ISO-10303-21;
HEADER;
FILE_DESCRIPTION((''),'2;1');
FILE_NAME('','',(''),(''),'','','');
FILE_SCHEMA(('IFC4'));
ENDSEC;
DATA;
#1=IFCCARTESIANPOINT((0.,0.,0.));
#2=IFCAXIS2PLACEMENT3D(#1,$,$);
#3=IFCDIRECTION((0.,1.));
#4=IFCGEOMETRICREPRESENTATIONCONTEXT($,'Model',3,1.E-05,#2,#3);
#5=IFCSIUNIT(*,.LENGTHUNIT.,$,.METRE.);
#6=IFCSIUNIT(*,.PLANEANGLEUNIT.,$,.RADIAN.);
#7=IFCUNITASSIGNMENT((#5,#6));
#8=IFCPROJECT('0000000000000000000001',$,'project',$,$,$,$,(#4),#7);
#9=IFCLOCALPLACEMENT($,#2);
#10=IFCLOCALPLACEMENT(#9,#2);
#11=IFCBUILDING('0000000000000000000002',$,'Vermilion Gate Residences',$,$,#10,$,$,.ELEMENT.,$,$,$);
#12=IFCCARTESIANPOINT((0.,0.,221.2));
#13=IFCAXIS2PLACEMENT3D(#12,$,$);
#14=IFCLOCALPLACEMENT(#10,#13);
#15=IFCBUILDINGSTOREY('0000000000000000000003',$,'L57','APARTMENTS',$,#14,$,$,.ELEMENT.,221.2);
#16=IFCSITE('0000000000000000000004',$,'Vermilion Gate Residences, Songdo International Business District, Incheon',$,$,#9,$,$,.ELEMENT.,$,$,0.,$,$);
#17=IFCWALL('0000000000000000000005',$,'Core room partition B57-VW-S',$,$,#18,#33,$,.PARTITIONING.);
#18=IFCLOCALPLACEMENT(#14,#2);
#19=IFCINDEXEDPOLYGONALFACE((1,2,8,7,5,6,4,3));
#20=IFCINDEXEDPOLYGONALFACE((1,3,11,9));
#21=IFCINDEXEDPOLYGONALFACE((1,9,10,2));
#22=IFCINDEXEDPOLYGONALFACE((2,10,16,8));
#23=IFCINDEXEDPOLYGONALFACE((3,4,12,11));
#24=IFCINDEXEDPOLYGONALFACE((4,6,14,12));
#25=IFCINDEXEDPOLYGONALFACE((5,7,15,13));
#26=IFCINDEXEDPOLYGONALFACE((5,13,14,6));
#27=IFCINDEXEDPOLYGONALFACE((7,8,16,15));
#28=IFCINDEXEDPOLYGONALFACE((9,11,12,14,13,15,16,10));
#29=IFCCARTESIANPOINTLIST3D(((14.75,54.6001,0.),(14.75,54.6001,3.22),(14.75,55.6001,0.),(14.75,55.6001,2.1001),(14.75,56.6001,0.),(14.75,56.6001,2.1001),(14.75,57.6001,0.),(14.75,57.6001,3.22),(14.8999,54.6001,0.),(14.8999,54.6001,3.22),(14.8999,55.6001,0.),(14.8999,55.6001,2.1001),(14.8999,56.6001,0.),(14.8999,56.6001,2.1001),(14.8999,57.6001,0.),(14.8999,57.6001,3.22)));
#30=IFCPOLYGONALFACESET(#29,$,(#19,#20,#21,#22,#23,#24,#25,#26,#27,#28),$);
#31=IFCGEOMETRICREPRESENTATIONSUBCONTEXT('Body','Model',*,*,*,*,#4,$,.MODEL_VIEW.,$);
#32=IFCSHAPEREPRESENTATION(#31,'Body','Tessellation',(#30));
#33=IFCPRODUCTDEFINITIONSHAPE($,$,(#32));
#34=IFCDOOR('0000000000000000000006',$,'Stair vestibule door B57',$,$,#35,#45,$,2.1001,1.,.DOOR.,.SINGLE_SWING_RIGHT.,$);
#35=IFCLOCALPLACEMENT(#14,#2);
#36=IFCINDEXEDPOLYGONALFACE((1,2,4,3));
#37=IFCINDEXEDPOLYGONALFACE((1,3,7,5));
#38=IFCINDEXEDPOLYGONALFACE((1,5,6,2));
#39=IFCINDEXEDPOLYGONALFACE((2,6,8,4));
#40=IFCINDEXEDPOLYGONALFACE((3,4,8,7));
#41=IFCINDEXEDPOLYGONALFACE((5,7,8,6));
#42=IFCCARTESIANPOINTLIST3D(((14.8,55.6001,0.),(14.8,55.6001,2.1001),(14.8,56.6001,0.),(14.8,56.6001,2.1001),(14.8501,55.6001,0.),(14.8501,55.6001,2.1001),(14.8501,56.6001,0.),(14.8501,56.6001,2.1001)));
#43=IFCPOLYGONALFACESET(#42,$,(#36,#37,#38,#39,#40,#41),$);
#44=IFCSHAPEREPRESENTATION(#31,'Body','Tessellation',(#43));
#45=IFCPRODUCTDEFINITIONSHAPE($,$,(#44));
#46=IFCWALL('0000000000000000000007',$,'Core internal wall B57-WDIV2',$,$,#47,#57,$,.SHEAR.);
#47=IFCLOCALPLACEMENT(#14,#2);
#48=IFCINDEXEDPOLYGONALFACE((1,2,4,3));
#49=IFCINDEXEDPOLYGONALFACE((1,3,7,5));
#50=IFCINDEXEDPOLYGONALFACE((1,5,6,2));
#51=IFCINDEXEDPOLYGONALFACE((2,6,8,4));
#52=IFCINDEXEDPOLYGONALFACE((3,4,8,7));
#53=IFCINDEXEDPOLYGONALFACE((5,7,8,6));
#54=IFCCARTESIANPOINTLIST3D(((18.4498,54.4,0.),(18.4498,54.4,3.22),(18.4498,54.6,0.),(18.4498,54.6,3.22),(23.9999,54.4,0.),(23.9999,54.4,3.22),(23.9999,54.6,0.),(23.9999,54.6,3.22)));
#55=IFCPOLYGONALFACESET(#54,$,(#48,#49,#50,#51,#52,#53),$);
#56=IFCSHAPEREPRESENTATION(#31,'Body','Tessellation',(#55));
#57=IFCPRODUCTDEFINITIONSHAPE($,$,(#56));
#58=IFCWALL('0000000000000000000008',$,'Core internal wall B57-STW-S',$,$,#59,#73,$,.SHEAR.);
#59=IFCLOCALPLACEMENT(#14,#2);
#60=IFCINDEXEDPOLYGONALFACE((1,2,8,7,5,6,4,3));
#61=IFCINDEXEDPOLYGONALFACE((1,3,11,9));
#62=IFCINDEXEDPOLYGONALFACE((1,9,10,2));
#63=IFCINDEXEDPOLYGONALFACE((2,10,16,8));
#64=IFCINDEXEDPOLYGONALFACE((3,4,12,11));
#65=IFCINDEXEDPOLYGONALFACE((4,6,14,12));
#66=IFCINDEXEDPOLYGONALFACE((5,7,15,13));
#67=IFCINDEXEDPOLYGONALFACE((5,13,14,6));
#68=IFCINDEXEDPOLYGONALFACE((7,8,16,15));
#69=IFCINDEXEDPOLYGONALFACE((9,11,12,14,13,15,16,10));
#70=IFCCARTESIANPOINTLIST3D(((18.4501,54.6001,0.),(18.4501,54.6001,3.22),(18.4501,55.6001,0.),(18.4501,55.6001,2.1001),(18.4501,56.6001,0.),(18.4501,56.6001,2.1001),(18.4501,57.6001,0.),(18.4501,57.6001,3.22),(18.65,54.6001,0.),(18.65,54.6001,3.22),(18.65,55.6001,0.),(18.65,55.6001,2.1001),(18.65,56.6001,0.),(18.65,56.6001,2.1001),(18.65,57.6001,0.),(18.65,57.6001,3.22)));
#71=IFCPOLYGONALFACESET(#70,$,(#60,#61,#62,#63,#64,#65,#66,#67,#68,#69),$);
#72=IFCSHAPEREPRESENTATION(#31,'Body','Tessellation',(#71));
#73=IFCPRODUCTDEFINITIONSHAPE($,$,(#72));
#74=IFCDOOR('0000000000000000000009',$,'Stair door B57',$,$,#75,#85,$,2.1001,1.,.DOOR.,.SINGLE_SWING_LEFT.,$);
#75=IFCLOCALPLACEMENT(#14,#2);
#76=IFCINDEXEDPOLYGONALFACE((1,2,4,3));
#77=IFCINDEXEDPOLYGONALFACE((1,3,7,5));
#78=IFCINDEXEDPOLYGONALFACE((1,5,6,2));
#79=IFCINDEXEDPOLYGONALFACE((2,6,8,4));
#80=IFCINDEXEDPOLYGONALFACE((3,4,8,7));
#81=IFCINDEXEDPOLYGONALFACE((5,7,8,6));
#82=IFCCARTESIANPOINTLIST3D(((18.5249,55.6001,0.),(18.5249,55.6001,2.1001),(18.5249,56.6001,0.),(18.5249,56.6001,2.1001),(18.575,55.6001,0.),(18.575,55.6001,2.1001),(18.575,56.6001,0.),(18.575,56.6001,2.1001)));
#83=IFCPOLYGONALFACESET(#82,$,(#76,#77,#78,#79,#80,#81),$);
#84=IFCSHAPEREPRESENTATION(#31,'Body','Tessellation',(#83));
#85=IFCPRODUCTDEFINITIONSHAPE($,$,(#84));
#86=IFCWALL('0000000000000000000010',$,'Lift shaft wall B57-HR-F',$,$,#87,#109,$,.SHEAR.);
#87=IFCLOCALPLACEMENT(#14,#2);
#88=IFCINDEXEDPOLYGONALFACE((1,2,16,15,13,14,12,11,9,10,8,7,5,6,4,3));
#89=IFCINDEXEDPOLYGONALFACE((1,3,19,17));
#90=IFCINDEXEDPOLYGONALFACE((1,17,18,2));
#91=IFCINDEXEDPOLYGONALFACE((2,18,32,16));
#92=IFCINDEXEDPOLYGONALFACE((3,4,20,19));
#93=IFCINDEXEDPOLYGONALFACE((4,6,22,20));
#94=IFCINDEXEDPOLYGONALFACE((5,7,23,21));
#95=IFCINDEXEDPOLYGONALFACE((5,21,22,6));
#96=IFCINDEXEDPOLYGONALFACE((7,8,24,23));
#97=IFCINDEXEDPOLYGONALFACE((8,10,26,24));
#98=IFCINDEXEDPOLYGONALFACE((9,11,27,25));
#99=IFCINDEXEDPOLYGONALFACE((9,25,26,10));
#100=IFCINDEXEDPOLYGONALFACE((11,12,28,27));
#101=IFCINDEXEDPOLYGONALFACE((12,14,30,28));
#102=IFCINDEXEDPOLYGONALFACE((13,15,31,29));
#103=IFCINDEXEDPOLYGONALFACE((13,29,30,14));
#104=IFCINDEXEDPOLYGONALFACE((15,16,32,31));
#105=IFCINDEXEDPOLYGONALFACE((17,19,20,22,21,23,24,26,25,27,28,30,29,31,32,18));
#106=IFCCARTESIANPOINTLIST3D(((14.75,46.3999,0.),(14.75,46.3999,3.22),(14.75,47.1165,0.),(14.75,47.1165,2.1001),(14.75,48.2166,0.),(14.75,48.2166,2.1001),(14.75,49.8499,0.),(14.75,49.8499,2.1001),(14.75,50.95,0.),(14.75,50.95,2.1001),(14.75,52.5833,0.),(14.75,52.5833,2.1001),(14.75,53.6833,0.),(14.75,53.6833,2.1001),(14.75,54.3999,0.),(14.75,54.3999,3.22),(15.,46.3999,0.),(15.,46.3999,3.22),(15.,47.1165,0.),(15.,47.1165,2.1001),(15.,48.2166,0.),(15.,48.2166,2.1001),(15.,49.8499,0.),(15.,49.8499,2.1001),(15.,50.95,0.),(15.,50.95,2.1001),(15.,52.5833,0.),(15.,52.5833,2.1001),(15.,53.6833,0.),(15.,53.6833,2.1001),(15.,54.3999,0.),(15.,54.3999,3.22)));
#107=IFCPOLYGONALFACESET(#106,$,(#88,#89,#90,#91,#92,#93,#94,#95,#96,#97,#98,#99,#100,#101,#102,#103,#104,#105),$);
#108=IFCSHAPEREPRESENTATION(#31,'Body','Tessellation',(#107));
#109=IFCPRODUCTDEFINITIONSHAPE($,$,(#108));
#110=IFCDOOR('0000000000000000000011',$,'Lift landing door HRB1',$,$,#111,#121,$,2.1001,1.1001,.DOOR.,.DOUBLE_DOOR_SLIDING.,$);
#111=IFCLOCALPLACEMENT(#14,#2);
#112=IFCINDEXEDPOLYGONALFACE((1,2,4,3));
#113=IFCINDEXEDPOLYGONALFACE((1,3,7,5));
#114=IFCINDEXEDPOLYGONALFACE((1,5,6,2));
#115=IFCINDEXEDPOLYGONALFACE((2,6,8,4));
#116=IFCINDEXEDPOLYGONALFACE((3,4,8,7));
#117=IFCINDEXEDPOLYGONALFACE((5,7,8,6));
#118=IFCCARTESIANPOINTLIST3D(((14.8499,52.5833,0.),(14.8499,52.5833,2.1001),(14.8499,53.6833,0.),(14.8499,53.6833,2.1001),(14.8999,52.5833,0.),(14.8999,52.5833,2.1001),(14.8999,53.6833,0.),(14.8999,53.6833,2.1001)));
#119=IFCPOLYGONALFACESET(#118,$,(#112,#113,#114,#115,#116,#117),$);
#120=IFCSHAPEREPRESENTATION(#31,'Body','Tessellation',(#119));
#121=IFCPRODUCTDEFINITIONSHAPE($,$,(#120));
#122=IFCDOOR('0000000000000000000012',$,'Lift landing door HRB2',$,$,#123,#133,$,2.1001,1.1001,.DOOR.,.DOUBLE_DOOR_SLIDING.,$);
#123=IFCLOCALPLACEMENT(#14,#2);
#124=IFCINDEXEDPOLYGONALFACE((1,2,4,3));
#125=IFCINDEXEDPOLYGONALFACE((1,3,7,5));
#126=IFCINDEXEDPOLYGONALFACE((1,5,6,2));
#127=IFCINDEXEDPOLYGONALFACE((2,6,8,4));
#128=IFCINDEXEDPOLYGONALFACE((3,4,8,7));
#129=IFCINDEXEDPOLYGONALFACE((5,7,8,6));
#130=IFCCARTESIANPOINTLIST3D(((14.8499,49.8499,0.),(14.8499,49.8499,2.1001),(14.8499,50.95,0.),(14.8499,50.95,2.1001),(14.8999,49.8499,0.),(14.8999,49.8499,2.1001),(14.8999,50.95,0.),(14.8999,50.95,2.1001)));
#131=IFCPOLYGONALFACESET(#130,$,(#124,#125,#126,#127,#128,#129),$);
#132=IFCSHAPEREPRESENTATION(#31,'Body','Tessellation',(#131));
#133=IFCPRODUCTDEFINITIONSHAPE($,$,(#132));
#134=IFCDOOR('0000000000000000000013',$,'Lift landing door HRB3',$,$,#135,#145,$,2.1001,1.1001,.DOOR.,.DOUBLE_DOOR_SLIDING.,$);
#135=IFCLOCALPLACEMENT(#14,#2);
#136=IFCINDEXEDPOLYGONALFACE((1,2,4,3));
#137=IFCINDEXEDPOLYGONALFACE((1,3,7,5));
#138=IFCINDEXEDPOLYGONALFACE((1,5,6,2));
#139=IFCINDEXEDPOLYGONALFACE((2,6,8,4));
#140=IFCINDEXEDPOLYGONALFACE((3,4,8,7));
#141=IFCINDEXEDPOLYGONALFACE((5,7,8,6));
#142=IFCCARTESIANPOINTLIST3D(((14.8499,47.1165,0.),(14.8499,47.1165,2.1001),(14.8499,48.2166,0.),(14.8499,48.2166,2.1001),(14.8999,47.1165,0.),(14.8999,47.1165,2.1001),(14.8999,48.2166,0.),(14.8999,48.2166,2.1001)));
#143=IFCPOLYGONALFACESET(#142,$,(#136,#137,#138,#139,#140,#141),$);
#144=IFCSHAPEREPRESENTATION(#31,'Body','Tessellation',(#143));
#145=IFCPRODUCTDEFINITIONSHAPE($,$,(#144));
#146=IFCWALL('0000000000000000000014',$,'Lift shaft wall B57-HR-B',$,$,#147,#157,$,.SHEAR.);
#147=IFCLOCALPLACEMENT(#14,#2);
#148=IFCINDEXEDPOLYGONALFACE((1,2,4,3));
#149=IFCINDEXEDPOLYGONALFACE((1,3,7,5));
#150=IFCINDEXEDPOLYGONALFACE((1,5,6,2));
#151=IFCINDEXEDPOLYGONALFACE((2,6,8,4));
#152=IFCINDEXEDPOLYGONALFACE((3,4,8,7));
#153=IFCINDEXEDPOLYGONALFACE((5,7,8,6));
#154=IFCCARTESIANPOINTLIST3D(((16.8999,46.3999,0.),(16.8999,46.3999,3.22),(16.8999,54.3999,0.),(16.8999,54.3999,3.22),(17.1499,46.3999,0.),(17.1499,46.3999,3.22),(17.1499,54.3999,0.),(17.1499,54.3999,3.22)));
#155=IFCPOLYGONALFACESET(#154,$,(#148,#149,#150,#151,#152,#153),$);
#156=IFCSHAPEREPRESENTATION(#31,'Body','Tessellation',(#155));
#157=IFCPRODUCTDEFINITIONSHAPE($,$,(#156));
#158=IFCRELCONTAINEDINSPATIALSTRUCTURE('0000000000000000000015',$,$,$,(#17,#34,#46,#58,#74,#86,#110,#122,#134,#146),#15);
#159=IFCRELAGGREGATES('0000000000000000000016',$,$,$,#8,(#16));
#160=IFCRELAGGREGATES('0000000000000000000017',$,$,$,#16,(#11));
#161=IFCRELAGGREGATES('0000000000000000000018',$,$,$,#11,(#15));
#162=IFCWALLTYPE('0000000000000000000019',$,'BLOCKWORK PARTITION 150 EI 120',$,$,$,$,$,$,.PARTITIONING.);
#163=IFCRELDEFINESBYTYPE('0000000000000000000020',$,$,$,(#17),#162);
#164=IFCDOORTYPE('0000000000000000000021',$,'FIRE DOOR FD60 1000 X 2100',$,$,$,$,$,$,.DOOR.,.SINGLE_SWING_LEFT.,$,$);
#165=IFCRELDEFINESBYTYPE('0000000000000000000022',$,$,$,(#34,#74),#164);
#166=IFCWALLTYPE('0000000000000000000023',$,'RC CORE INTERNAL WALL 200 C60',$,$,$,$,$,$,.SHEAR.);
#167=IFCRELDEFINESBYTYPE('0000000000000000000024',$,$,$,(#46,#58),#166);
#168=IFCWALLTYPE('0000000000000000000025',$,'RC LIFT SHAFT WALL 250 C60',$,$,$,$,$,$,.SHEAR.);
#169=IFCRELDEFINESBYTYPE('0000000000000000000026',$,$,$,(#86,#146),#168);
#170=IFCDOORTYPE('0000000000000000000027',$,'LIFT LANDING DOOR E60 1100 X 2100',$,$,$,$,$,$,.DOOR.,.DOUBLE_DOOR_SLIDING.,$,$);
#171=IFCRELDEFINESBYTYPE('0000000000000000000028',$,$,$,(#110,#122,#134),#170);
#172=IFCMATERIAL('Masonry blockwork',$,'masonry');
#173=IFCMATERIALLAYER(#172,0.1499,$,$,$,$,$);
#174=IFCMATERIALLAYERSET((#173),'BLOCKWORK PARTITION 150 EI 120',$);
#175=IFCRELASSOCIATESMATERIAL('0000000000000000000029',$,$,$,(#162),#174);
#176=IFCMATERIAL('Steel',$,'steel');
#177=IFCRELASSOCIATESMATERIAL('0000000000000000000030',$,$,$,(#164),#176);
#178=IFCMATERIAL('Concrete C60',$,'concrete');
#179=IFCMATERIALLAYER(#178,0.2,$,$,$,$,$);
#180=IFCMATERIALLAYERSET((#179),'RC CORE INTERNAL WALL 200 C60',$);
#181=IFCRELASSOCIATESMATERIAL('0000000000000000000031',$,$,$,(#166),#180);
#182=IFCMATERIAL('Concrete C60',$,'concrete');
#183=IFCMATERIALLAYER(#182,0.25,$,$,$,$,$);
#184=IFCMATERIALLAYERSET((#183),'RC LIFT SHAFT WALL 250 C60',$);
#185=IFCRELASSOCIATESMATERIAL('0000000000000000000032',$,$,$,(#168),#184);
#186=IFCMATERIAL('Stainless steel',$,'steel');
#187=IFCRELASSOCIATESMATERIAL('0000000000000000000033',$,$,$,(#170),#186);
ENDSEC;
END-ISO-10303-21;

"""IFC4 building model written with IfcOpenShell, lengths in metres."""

from ifc_helpers import new_model, si_unit, direction, frame, frame_2d, origin, place, context, subcontext, project, spatial, rectangle, extrude, material, layer, layer_set, type_object, element, fill, save


model = new_model("IFC4")

# Units and contexts
model_context = context("Model", 3, precision=1e-05, world=origin(), true_north=direction((0.0, 1.0)))
body_context = subcontext(model_context, "Body", "Model", "MODEL_VIEW")
ifc_project = project(units=[si_unit("LENGTHUNIT", "METRE"), si_unit("PLANEANGLEUNIT", "RADIAN")], contexts=[model_context])

# Site, building, storey
site_placement = place(None, origin())
site = spatial("IfcSite", under=ifc_project, at=site_placement, Name="Vermilion Gate Residences, Songdo International Business District, Incheon", CompositionType="ELEMENT", RefElevation=0.0)
building_placement = place(site_placement, origin())
building = spatial("IfcBuilding", under=site, at=building_placement, Name="Vermilion Gate Residences", CompositionType="ELEMENT")
storey_placement = place(building_placement, frame((0.0, 0.0, 221.2)))
storey = spatial("IfcBuildingStorey", under=building, at=storey_placement, Name="L57", Description="APARTMENTS", CompositionType="ELEMENT", Elevation=221.2)

# Wall, opening, door
ifc_material_1 = material(Name="Masonry blockwork", Category="masonry")
ifc_layer_1 = layer(ifc_material_1, 0.1499)
ifc_layer_set_1 = layer_set([ifc_layer_1], Name="BLOCKWORK PARTITION 150 EI 120")
wall_type_1 = type_object("IfcWallType", Name="BLOCKWORK PARTITION 150 EI 120", PredefinedType="PARTITIONING", material=ifc_layer_set_1)
wall_1_placement = place(storey_placement, frame((14.825, 57.6001, 0.0), z_axis=(0.0, 0.0, 1.0), x_axis=(0.0, -1.0, 0.0)))
wall_1 = element("IfcWall", 1, at=wall_1_placement, inside=storey, type_object=wall_type_1, Name="Core room partition B57-VW-S", PredefinedType="PARTITIONING", context=body_context, shape_type="SweptSolid", body=[
    extrude(rectangle(XDim=3.0, YDim=0.1499, at=frame_2d((1.5, 0.0))), origin(), (0.0, 0.0, 1.0), 3.22),
])
opening_1_placement = place(wall_1_placement, frame((1.0, 0.0, 0.0)))
opening_1 = element("IfcOpeningElement", 2, at=opening_1_placement, cuts=wall_1, PredefinedType="OPENING", context=body_context, shape_type="SweptSolid", body=[
    extrude(rectangle(XDim=1.0, YDim=2.1001, at=frame_2d((0.5, 1.05))), frame((0.0, 0.085, 0.0), z_axis=(0.0, -1.0, 0.0), x_axis=(1.0, 0.0, 0.0)), (0.0, 0.0, 1.0), 0.1699),
])
ifc_material_2 = material(Name="Steel", Category="steel")
door_type_1 = type_object("IfcDoorType", Name="FIRE DOOR FD60 1000 X 2100", OperationType="SINGLE_SWING_LEFT", PredefinedType="DOOR", material=ifc_material_2)
door_1_placement = place(opening_1_placement, frame((1.0, 0.0, 0.0), z_axis=(0.0, 0.0, 1.0), x_axis=(-1.0, 0.0, 0.0)))
door_1 = element("IfcDoor", 3, at=door_1_placement, inside=storey, type_object=door_type_1, Name="Stair vestibule door B57", OperationType="SINGLE_SWING_RIGHT", OverallHeight=2.1001, OverallWidth=1.0, PredefinedType="DOOR", context=body_context, shape_type="SweptSolid", body=[
    extrude(rectangle(XDim=1.0, YDim=2.1001, at=frame_2d((0.5, 1.05))), frame((0.0, 0.0249, 0.0), z_axis=(0.0, -1.0, 0.0), x_axis=(1.0, 0.0, 0.0)), (0.0, 0.0, 1.0), 0.05),
])
fill(opening_1, door_1)

# Wall
ifc_material_3 = material(Name="Concrete C60", Category="concrete")
ifc_layer_2 = layer(ifc_material_3, 0.2)
ifc_layer_set_2 = layer_set([ifc_layer_2], Name="RC CORE INTERNAL WALL 200 C60")
wall_type_2 = type_object("IfcWallType", Name="RC CORE INTERNAL WALL 200 C60", PredefinedType="SHEAR", material=ifc_layer_set_2)
wall_2_placement = place(storey_placement, frame((18.45, 54.5, 0.0), z_axis=(0.0, 0.0, 1.0), x_axis=(1.0, 0.0, 0.0)))
element("IfcWall", 4, at=wall_2_placement, inside=storey, type_object=wall_type_2, Name="Core internal wall B57-WDIV2", PredefinedType="SHEAR", context=body_context, shape_type="SweptSolid", body=[
    extrude(rectangle(XDim=5.55, YDim=0.2, at=frame_2d((2.7749, 0.0))), origin(), (0.0, 0.0, 1.0), 3.22),
])

# Wall, opening, door
wall_3_placement = place(storey_placement, frame((18.55, 57.6001, 0.0), z_axis=(0.0, 0.0, 1.0), x_axis=(0.0, -1.0, 0.0)))
wall_3 = element("IfcWall", 5, at=wall_3_placement, inside=storey, type_object=wall_type_2, Name="Core internal wall B57-STW-S", PredefinedType="SHEAR", context=body_context, shape_type="SweptSolid", body=[
    extrude(rectangle(XDim=3.0, YDim=0.2, at=frame_2d((1.5, 0.0))), origin(), (0.0, 0.0, 1.0), 3.22),
])
opening_2_placement = place(wall_3_placement, frame((1.0, 0.0, 0.0)))
opening_2 = element("IfcOpeningElement", 6, at=opening_2_placement, cuts=wall_3, PredefinedType="OPENING", context=body_context, shape_type="SweptSolid", body=[
    extrude(rectangle(XDim=1.0, YDim=2.1001, at=frame_2d((0.5, 1.05))), frame((0.0, 0.1099, 0.0), z_axis=(0.0, -1.0, 0.0), x_axis=(1.0, 0.0, 0.0)), (0.0, 0.0, 1.0), 0.22),
])
door_2_placement = place(opening_2_placement, origin())
door_2 = element("IfcDoor", 7, at=door_2_placement, inside=storey, type_object=door_type_1, Name="Stair door B57", OperationType="SINGLE_SWING_LEFT", OverallHeight=2.1001, OverallWidth=1.0, PredefinedType="DOOR", context=body_context, shape_type="SweptSolid", body=[
    extrude(rectangle(XDim=1.0, YDim=2.1001, at=frame_2d((0.5, 1.05))), frame((0.0, 0.0249, 0.0), z_axis=(0.0, -1.0, 0.0), x_axis=(1.0, 0.0, 0.0)), (0.0, 0.0, 1.0), 0.05),
])
fill(opening_2, door_2)

# Wall, openings, doors
ifc_material_4 = material(Name="Concrete C60", Category="concrete")
ifc_layer_3 = layer(ifc_material_4, 0.25)
ifc_layer_set_3 = layer_set([ifc_layer_3], Name="RC LIFT SHAFT WALL 250 C60")
wall_type_3 = type_object("IfcWallType", Name="RC LIFT SHAFT WALL 250 C60", PredefinedType="SHEAR", material=ifc_layer_set_3)
wall_4_placement = place(storey_placement, frame((14.875, 54.3999, 0.0), z_axis=(0.0, 0.0, 1.0), x_axis=(0.0, -1.0, 0.0)))
wall_4 = element("IfcWall", 8, at=wall_4_placement, inside=storey, type_object=wall_type_3, Name="Lift shaft wall B57-HR-F", PredefinedType="SHEAR", context=body_context, shape_type="SweptSolid", body=[
    extrude(rectangle(XDim=8.0, YDim=0.25, at=frame_2d((4.0, 0.0))), origin(), (0.0, 0.0, 1.0), 3.22),
])
opening_3_placement = place(wall_4_placement, frame((0.7166, 0.0, 0.0)))
opening_3 = element("IfcOpeningElement", 9, at=opening_3_placement, cuts=wall_4, PredefinedType="OPENING", context=body_context, shape_type="SweptSolid", body=[
    extrude(rectangle(XDim=1.1001, YDim=2.1001, at=frame_2d((0.55, 1.05))), frame((0.0, 0.135, 0.0), z_axis=(0.0, -1.0, 0.0), x_axis=(1.0, 0.0, 0.0)), (0.0, 0.0, 1.0), 0.27),
])
opening_4_placement = place(wall_4_placement, frame((3.45, 0.0, 0.0)))
opening_4 = element("IfcOpeningElement", 10, at=opening_4_placement, cuts=wall_4, PredefinedType="OPENING", context=body_context, shape_type="SweptSolid", body=[
    extrude(rectangle(XDim=1.1001, YDim=2.1001, at=frame_2d((0.55, 1.05))), frame((0.0, 0.135, 0.0), z_axis=(0.0, -1.0, 0.0), x_axis=(1.0, 0.0, 0.0)), (0.0, 0.0, 1.0), 0.27),
])
opening_5_placement = place(wall_4_placement, frame((6.1833, 0.0, 0.0)))
opening_5 = element("IfcOpeningElement", 11, at=opening_5_placement, cuts=wall_4, PredefinedType="OPENING", context=body_context, shape_type="SweptSolid", body=[
    extrude(rectangle(XDim=1.1001, YDim=2.1001, at=frame_2d((0.55, 1.05))), frame((0.0, 0.135, 0.0), z_axis=(0.0, -1.0, 0.0), x_axis=(1.0, 0.0, 0.0)), (0.0, 0.0, 1.0), 0.27),
])
ifc_material_5 = material(Name="Stainless steel", Category="steel")
door_type_2 = type_object("IfcDoorType", Name="LIFT LANDING DOOR E60 1100 X 2100", OperationType="DOUBLE_DOOR_SLIDING", PredefinedType="DOOR", material=ifc_material_5)
door_3_placement = place(opening_3_placement, origin())
door_3 = element("IfcDoor", 12, at=door_3_placement, inside=storey, type_object=door_type_2, Name="Lift landing door HRB1", OperationType="DOUBLE_DOOR_SLIDING", OverallHeight=2.1001, OverallWidth=1.1001, PredefinedType="DOOR", context=body_context, shape_type="SweptSolid", body=[
    extrude(rectangle(XDim=1.1001, YDim=2.1001, at=frame_2d((0.55, 1.05))), frame((0.0, 0.0249, 0.0), z_axis=(0.0, -1.0, 0.0), x_axis=(1.0, 0.0, 0.0)), (0.0, 0.0, 1.0), 0.05),
])
fill(opening_3, door_3)
door_4_placement = place(opening_4_placement, origin())
door_4 = element("IfcDoor", 13, at=door_4_placement, inside=storey, type_object=door_type_2, Name="Lift landing door HRB2", OperationType="DOUBLE_DOOR_SLIDING", OverallHeight=2.1001, OverallWidth=1.1001, PredefinedType="DOOR", context=body_context, shape_type="SweptSolid", body=[
    extrude(rectangle(XDim=1.1001, YDim=2.1001, at=frame_2d((0.55, 1.05))), frame((0.0, 0.0249, 0.0), z_axis=(0.0, -1.0, 0.0), x_axis=(1.0, 0.0, 0.0)), (0.0, 0.0, 1.0), 0.05),
])
fill(opening_4, door_4)
door_5_placement = place(opening_5_placement, origin())
door_5 = element("IfcDoor", 14, at=door_5_placement, inside=storey, type_object=door_type_2, Name="Lift landing door HRB3", OperationType="DOUBLE_DOOR_SLIDING", OverallHeight=2.1001, OverallWidth=1.1001, PredefinedType="DOOR", context=body_context, shape_type="SweptSolid", body=[
    extrude(rectangle(XDim=1.1001, YDim=2.1001, at=frame_2d((0.55, 1.05))), frame((0.0, 0.0249, 0.0), z_axis=(0.0, -1.0, 0.0), x_axis=(1.0, 0.0, 0.0)), (0.0, 0.0, 1.0), 0.05),
])
fill(opening_5, door_5)

# Wall
wall_5_placement = place(storey_placement, frame((17.0249, 54.3999, 0.0), z_axis=(0.0, 0.0, 1.0), x_axis=(0.0, -1.0, 0.0)))
element("IfcWall", 15, at=wall_5_placement, inside=storey, type_object=wall_type_3, Name="Lift shaft wall B57-HR-B", PredefinedType="SHEAR", context=body_context, shape_type="SweptSolid", body=[
    extrude(rectangle(XDim=8.0, YDim=0.25, at=frame_2d((4.0, 0.0))), origin(), (0.0, 0.0, 1.0), 3.22),
])

save(model, "model.ifc")
